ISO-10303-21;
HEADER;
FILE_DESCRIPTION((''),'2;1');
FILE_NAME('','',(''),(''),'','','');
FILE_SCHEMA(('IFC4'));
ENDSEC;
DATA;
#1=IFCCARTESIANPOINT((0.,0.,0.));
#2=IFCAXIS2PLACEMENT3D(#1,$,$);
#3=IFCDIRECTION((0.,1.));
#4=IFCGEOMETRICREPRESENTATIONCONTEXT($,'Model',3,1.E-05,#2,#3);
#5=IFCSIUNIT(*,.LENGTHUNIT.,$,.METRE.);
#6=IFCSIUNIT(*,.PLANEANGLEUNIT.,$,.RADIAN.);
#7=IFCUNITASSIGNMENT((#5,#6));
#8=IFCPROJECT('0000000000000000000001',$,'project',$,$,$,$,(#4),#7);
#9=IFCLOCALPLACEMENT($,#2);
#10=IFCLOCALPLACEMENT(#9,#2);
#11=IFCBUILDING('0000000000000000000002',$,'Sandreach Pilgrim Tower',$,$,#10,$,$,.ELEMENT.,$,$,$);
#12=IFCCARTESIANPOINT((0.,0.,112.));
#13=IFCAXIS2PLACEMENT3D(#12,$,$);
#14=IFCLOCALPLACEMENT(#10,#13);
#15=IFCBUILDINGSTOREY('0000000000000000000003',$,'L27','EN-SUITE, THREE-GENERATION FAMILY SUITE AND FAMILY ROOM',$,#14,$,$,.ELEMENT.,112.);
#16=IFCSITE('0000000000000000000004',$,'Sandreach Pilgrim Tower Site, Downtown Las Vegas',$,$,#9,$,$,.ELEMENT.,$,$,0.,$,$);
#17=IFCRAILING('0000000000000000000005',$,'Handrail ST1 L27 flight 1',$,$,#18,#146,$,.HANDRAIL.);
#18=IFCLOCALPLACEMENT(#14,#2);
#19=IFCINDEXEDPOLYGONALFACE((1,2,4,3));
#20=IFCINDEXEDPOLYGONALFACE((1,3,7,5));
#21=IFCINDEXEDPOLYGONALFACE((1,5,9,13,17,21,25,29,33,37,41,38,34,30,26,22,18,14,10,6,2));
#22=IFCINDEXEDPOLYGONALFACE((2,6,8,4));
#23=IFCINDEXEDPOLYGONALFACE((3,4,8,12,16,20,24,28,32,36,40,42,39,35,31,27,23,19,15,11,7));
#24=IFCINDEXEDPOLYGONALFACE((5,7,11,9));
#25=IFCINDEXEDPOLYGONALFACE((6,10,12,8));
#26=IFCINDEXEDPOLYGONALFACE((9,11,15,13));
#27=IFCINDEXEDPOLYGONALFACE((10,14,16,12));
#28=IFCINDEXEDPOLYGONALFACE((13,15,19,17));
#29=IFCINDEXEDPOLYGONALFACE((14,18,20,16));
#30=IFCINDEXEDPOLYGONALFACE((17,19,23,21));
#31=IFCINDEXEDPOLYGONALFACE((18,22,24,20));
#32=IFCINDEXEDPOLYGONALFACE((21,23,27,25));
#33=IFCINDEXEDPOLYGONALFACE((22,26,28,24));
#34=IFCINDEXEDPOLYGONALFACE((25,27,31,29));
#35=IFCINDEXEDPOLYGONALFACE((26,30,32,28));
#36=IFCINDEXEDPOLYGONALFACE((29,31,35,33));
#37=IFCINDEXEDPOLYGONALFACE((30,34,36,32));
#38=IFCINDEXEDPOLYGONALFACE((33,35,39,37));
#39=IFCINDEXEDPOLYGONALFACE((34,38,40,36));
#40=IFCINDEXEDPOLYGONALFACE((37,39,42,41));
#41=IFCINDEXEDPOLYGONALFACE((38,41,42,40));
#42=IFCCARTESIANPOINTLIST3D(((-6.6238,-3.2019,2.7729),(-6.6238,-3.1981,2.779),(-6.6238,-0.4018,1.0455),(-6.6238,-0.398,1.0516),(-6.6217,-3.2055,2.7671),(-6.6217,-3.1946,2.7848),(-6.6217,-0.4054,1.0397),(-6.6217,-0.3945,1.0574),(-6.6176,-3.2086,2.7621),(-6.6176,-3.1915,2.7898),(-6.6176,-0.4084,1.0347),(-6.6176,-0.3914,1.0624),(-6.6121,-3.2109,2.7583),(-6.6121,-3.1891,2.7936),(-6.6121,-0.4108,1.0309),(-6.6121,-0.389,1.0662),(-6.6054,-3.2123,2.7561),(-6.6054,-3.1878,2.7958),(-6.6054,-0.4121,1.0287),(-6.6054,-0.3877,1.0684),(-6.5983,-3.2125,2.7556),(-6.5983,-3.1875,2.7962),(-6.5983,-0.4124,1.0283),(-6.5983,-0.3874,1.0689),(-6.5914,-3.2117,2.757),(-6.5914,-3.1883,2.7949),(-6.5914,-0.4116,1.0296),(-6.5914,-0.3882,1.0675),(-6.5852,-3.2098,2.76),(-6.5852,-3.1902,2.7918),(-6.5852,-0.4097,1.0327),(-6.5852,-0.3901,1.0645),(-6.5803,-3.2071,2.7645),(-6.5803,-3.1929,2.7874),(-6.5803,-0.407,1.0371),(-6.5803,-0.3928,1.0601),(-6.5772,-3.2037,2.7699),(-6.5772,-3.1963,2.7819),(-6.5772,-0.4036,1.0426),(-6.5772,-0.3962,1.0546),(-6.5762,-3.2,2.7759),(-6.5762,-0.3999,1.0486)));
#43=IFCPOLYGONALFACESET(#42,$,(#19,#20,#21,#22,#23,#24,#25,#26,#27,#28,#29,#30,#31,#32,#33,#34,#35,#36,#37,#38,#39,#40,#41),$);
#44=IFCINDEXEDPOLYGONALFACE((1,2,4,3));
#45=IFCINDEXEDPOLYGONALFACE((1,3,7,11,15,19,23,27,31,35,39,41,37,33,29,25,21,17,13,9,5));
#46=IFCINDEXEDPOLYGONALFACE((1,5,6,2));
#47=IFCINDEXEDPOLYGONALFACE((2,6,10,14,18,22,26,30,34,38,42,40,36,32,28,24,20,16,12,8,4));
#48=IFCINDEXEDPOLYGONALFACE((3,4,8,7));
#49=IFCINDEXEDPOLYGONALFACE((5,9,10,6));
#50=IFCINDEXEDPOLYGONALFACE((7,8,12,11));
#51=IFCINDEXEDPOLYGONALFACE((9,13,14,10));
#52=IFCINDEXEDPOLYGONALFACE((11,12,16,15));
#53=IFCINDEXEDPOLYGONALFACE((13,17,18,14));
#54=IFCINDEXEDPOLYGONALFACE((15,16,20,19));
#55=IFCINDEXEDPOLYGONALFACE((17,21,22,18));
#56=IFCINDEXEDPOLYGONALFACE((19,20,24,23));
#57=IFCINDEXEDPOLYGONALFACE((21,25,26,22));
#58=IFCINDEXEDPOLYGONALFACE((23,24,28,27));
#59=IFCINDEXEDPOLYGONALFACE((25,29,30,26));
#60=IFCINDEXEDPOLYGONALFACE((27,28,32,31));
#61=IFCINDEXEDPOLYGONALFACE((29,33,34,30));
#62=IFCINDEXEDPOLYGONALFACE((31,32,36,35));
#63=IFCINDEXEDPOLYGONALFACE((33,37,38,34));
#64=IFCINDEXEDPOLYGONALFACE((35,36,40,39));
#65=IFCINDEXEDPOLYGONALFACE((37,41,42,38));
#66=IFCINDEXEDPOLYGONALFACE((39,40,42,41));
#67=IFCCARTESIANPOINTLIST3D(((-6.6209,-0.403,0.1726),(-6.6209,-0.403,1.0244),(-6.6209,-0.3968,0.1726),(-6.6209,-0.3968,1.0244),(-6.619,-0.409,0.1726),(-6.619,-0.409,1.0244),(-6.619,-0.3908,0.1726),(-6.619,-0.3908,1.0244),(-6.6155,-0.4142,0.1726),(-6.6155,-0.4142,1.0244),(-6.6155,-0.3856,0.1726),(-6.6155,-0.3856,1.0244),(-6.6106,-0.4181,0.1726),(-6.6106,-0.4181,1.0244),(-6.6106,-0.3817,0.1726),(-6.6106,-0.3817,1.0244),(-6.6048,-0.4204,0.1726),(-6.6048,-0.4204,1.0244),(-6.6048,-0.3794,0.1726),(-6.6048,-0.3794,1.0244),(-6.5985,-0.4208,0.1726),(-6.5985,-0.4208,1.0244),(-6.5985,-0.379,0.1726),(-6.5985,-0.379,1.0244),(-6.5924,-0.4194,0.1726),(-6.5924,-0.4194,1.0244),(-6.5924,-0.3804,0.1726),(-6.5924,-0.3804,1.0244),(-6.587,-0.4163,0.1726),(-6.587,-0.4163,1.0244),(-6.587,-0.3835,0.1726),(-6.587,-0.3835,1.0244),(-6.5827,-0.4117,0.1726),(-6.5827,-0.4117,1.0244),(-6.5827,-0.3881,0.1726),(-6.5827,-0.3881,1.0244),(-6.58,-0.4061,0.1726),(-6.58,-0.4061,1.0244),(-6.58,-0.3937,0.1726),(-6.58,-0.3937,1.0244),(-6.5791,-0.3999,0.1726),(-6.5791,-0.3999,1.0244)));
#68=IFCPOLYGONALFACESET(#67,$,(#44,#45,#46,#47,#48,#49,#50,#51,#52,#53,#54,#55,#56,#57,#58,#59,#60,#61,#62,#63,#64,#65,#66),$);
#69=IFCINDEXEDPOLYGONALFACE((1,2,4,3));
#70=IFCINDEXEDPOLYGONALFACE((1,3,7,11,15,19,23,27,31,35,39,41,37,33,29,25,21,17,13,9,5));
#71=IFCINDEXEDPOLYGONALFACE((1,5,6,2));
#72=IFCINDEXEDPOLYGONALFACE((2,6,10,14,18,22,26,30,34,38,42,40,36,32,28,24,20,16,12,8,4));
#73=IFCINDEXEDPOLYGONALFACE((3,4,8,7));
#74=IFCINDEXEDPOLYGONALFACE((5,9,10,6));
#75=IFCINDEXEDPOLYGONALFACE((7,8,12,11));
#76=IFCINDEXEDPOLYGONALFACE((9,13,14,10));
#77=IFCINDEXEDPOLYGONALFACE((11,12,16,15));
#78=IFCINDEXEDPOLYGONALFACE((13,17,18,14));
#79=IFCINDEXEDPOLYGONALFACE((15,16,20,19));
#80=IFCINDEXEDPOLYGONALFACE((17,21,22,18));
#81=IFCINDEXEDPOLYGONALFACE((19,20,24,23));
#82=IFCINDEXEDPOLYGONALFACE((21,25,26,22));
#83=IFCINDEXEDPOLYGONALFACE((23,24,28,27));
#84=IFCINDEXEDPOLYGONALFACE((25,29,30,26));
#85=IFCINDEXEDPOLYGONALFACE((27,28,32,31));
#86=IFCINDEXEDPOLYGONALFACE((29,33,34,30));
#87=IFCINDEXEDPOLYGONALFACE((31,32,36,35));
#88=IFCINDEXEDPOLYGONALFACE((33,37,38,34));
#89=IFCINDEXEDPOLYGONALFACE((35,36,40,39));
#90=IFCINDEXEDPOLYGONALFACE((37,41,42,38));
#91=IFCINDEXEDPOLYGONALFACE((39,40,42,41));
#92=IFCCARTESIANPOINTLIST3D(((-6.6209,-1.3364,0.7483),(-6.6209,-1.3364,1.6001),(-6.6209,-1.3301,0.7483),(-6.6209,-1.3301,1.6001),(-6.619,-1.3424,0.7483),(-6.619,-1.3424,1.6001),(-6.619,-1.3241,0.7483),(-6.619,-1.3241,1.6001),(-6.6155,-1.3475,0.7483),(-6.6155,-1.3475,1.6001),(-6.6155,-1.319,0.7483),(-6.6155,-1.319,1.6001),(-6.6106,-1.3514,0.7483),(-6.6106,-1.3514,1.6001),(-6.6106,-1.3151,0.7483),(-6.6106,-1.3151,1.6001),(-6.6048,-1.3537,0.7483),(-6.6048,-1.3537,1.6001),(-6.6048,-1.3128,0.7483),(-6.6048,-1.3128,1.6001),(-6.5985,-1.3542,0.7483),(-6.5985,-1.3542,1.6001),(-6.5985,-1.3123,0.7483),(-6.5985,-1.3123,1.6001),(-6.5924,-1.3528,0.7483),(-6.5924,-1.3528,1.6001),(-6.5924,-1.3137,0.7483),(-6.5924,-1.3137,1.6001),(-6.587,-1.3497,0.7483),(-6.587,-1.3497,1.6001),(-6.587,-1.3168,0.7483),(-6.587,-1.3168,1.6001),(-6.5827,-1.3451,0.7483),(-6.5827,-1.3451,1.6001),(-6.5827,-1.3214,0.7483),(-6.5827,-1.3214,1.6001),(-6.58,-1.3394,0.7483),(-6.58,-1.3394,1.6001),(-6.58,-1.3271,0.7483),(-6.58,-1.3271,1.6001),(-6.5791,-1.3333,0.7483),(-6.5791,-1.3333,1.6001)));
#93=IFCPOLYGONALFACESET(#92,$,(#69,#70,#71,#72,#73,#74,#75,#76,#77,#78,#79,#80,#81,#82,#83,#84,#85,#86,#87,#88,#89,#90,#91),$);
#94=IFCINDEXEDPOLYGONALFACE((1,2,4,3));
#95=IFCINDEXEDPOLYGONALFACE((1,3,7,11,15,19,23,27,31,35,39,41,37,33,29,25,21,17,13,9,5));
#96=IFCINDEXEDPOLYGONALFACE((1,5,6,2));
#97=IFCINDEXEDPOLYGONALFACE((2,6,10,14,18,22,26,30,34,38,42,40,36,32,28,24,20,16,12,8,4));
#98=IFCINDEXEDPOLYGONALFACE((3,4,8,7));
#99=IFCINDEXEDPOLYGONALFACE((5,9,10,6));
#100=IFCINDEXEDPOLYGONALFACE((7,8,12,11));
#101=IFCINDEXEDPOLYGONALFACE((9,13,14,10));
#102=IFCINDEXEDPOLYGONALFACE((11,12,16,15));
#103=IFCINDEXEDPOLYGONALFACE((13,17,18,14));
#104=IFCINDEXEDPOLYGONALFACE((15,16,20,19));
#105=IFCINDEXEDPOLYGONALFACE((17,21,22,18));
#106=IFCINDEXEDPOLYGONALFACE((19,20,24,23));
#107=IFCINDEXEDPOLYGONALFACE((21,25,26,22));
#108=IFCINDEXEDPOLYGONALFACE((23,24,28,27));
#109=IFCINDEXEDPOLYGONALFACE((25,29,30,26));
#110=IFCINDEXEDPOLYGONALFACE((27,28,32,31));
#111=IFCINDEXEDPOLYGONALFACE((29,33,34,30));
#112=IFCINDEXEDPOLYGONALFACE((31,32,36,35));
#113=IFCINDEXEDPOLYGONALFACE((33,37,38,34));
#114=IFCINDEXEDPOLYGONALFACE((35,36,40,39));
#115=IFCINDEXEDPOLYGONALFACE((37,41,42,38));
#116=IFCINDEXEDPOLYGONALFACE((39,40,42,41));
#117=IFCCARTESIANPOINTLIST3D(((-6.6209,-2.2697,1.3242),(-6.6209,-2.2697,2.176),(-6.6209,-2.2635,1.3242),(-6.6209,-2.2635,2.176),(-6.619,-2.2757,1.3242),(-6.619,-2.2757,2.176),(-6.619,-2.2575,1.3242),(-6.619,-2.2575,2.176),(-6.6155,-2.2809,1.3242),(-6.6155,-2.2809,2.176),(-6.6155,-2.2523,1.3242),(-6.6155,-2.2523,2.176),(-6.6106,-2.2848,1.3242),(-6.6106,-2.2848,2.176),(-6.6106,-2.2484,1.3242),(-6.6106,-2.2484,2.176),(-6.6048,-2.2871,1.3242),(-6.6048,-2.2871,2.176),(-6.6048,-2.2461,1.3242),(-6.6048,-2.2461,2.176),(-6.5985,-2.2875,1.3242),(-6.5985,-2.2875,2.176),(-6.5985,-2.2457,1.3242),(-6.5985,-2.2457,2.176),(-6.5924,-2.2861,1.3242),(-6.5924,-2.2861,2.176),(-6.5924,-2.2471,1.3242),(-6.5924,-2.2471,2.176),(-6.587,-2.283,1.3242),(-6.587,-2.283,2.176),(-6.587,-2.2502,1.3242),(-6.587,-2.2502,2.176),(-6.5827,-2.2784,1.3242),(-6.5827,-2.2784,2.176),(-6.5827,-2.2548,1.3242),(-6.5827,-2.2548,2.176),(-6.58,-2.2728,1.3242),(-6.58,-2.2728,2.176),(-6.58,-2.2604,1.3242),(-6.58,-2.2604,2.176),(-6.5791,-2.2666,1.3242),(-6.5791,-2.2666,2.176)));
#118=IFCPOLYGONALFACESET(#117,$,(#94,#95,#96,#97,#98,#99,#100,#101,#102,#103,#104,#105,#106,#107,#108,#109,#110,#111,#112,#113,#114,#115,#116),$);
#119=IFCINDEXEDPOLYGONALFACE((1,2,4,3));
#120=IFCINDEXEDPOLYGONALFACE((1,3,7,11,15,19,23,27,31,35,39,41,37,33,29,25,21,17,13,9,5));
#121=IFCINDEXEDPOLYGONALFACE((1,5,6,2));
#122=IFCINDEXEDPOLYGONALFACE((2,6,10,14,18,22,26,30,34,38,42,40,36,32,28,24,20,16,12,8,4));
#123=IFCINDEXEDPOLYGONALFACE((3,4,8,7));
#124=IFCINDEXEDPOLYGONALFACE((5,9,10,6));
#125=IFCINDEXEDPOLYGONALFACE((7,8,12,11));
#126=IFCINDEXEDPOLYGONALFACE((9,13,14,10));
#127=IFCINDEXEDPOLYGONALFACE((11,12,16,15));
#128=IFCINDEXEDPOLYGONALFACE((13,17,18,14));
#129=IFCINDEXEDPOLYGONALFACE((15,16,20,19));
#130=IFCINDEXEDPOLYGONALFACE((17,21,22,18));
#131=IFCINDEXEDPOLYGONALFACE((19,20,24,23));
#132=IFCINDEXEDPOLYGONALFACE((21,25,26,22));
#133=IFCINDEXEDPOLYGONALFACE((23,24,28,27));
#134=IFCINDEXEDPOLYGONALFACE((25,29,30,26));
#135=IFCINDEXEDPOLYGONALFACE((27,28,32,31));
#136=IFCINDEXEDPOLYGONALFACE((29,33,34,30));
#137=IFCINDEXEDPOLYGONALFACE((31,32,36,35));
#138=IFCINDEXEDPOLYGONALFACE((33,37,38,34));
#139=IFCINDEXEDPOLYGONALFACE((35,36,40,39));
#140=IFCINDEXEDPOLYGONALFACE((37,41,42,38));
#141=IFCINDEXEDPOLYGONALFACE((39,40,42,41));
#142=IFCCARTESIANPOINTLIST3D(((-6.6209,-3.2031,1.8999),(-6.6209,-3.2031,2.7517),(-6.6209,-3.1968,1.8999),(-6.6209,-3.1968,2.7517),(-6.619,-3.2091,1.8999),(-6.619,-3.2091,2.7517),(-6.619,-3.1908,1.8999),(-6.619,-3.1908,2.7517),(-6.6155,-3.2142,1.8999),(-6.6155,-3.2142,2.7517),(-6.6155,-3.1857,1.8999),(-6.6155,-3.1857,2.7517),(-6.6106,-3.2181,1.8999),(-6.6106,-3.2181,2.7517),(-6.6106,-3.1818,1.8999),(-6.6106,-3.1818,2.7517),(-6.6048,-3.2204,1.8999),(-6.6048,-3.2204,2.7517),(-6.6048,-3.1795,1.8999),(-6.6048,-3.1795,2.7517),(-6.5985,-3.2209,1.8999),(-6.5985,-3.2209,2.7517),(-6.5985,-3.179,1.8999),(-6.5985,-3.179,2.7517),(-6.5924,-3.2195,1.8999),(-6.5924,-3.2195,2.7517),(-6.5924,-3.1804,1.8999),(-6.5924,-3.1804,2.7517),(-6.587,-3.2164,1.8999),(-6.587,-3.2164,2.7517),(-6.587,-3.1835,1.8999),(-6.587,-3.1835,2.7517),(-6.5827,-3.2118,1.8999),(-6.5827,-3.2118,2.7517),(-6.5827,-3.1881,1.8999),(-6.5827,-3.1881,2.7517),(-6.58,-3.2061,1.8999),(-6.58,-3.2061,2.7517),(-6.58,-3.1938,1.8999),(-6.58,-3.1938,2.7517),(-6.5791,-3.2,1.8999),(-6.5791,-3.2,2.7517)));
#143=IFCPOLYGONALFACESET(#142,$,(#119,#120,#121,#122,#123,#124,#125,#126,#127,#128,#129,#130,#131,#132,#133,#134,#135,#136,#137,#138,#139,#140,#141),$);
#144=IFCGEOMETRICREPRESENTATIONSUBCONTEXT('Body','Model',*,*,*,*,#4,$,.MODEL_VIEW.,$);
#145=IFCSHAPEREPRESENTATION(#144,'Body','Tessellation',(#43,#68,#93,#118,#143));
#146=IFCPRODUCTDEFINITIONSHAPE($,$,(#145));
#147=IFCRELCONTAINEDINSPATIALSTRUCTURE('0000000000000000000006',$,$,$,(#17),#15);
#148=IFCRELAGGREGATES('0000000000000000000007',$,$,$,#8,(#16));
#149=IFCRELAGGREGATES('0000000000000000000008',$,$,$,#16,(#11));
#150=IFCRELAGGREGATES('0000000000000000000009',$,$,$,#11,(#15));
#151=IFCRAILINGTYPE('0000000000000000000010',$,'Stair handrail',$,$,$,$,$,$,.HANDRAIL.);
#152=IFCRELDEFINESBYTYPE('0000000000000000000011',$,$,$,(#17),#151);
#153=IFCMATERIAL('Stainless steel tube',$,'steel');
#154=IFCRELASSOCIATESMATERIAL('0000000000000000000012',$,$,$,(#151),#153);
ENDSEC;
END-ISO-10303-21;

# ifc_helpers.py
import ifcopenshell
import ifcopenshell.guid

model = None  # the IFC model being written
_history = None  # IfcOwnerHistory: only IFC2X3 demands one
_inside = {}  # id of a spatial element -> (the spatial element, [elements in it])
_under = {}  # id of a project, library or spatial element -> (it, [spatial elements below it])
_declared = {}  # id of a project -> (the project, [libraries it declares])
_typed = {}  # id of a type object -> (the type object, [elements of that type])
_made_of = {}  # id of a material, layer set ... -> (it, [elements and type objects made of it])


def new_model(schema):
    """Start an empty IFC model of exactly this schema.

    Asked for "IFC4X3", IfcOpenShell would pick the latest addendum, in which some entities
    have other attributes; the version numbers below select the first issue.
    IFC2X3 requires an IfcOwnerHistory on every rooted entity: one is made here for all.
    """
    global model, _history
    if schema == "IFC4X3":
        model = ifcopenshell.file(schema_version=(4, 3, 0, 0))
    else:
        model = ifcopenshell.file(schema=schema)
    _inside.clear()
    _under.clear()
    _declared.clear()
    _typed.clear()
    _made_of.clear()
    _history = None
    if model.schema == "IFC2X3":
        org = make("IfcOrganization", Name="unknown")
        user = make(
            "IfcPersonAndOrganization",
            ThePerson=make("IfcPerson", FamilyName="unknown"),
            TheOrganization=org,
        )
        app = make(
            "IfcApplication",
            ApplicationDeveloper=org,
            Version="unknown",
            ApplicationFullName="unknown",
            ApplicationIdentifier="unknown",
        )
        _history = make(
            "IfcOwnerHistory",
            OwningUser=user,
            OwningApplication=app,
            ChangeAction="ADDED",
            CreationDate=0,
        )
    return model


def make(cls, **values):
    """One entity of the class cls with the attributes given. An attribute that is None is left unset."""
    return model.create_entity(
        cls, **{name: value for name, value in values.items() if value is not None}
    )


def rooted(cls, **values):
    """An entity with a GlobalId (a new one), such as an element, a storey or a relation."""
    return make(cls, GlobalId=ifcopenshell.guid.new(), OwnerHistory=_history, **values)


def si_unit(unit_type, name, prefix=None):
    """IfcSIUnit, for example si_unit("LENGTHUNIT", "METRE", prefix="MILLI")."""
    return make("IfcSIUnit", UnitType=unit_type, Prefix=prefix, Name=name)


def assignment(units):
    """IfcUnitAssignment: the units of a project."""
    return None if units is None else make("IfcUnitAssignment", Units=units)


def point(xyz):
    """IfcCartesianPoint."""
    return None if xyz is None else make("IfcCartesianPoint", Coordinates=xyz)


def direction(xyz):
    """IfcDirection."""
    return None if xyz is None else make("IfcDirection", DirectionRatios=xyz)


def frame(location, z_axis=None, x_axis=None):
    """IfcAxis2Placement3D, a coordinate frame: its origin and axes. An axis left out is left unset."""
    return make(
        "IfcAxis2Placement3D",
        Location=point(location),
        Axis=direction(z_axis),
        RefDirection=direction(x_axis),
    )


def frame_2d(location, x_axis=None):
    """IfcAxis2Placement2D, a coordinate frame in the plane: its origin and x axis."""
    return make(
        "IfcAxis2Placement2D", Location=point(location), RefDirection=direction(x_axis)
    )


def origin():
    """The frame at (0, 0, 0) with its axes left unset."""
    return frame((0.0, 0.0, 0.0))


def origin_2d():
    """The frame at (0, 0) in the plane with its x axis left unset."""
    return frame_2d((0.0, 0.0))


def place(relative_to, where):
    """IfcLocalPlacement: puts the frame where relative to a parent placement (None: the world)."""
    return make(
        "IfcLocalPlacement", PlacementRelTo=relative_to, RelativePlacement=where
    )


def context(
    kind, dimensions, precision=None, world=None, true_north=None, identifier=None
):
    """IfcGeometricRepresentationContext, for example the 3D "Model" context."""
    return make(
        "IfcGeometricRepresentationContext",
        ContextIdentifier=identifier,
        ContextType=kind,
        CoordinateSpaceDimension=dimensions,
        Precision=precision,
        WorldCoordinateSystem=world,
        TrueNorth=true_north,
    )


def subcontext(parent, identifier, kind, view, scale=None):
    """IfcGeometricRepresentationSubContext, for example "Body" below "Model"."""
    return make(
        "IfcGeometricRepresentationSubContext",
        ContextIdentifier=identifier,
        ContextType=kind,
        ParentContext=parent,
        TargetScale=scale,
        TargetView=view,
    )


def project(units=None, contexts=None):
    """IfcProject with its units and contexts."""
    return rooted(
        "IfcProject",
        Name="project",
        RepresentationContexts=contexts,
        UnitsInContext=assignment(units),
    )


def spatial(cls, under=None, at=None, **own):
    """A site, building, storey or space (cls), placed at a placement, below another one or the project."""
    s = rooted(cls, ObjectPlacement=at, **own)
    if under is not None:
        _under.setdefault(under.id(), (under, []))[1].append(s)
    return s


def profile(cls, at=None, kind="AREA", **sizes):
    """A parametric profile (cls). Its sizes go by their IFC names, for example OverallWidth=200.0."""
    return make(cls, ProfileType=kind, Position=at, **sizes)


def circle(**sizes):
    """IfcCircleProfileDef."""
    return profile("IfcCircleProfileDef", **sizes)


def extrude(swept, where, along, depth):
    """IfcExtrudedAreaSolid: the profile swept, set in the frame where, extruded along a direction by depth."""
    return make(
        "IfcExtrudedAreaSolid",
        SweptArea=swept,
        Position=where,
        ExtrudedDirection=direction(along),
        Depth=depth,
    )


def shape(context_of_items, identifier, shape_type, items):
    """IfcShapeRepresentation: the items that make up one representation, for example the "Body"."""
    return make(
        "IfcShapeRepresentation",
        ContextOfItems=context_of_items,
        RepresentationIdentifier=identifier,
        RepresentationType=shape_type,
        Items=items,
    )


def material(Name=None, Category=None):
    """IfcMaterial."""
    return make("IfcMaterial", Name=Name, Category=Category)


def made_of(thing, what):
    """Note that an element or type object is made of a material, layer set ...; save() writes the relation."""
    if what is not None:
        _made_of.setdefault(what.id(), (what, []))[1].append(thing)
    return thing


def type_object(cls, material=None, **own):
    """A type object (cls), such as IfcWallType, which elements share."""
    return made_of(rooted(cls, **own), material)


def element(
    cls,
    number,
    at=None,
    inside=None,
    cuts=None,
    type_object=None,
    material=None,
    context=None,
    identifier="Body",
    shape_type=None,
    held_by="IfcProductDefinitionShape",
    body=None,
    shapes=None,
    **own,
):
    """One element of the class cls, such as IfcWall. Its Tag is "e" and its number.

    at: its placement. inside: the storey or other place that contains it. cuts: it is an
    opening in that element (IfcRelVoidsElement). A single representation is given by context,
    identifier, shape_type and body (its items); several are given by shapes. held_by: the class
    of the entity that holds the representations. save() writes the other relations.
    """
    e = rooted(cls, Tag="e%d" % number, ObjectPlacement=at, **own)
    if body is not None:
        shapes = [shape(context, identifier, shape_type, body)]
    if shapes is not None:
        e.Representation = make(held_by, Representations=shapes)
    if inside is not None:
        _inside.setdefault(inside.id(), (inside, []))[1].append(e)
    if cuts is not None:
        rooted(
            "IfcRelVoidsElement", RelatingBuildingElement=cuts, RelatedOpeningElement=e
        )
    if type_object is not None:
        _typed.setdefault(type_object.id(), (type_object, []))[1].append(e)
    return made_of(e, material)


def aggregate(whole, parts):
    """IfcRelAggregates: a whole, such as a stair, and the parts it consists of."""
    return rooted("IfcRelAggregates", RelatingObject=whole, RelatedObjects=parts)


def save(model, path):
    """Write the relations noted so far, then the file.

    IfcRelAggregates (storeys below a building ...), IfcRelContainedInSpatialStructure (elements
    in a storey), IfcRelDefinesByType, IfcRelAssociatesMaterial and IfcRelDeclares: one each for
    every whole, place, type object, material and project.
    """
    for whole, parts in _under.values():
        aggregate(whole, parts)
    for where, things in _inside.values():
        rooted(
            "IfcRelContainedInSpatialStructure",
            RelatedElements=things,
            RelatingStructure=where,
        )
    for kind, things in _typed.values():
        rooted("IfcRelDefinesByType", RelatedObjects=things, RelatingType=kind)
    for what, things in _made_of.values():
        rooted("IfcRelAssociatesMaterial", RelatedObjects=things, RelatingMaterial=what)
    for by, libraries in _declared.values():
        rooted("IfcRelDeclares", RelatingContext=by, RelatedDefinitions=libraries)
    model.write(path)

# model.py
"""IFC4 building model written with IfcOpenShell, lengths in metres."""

from ifc_helpers import new_model, si_unit, direction, frame, origin, origin_2d, place, context, subcontext, project, spatial, circle, extrude, material, type_object, element, save


model = new_model("IFC4")

# Units and contexts
model_context = context("Model", 3, precision=1e-05, world=origin(), true_north=direction((0.0, 1.0)))
body_context = subcontext(model_context, "Body", "Model", "MODEL_VIEW")
ifc_project = project(units=[si_unit("LENGTHUNIT", "METRE"), si_unit("PLANEANGLEUNIT", "RADIAN")], contexts=[model_context])

# Site, building, storey
site_placement = place(None, origin())
site = spatial("IfcSite", under=ifc_project, at=site_placement, Name="Sandreach Pilgrim Tower Site, Downtown Las Vegas", CompositionType="ELEMENT", RefElevation=0.0)
building_placement = place(site_placement, origin())
building = spatial("IfcBuilding", under=site, at=building_placement, Name="Sandreach Pilgrim Tower", CompositionType="ELEMENT")
storey_placement = place(building_placement, frame((0.0, 0.0, 112.0)))
storey = spatial("IfcBuildingStorey", under=building, at=storey_placement, Name="L27", Description="EN-SUITE, THREE-GENERATION FAMILY SUITE AND FAMILY ROOM", CompositionType="ELEMENT", Elevation=112.0)

# Railing
ifc_material_1 = material(Name="Stainless steel tube", Category="steel")
railing_type = type_object("IfcRailingType", Name="Stair handrail", PredefinedType="HANDRAIL", material=ifc_material_1)
railing_placement = place(storey_placement, frame((-6.6001, -0.3999, 0.1726)))
element("IfcRailing", 1, at=railing_placement, inside=storey, type_object=railing_type, Name="Handrail ST1 L27 flight 1", PredefinedType="HANDRAIL", context=body_context, shape_type="SweptSolid", body=[
    extrude(circle(Radius=0.0239, at=origin_2d()), frame((0.0, 0.0, 0.876), z_axis=(0.0, -0.85109, 0.52502), x_axis=(1.0, 0.0, 0.0)), (0.0, 0.0, 1.0), 3.29),
    extrude(circle(Radius=0.021, at=origin_2d()), origin(), (0.0, 0.0, 1.0), 0.8518),
    extrude(circle(Radius=0.021, at=origin_2d()), frame((0.0, -0.9333, 0.5757)), (0.0, 0.0, 1.0), 0.8518),
    extrude(circle(Radius=0.021, at=origin_2d()), frame((0.0, -1.8667, 1.1516)), (0.0, 0.0, 1.0), 0.8518),
    extrude(circle(Radius=0.021, at=origin_2d()), frame((0.0, -2.8, 1.7273)), (0.0, 0.0, 1.0), 0.8518),
])

save(model, "model.ifc")
